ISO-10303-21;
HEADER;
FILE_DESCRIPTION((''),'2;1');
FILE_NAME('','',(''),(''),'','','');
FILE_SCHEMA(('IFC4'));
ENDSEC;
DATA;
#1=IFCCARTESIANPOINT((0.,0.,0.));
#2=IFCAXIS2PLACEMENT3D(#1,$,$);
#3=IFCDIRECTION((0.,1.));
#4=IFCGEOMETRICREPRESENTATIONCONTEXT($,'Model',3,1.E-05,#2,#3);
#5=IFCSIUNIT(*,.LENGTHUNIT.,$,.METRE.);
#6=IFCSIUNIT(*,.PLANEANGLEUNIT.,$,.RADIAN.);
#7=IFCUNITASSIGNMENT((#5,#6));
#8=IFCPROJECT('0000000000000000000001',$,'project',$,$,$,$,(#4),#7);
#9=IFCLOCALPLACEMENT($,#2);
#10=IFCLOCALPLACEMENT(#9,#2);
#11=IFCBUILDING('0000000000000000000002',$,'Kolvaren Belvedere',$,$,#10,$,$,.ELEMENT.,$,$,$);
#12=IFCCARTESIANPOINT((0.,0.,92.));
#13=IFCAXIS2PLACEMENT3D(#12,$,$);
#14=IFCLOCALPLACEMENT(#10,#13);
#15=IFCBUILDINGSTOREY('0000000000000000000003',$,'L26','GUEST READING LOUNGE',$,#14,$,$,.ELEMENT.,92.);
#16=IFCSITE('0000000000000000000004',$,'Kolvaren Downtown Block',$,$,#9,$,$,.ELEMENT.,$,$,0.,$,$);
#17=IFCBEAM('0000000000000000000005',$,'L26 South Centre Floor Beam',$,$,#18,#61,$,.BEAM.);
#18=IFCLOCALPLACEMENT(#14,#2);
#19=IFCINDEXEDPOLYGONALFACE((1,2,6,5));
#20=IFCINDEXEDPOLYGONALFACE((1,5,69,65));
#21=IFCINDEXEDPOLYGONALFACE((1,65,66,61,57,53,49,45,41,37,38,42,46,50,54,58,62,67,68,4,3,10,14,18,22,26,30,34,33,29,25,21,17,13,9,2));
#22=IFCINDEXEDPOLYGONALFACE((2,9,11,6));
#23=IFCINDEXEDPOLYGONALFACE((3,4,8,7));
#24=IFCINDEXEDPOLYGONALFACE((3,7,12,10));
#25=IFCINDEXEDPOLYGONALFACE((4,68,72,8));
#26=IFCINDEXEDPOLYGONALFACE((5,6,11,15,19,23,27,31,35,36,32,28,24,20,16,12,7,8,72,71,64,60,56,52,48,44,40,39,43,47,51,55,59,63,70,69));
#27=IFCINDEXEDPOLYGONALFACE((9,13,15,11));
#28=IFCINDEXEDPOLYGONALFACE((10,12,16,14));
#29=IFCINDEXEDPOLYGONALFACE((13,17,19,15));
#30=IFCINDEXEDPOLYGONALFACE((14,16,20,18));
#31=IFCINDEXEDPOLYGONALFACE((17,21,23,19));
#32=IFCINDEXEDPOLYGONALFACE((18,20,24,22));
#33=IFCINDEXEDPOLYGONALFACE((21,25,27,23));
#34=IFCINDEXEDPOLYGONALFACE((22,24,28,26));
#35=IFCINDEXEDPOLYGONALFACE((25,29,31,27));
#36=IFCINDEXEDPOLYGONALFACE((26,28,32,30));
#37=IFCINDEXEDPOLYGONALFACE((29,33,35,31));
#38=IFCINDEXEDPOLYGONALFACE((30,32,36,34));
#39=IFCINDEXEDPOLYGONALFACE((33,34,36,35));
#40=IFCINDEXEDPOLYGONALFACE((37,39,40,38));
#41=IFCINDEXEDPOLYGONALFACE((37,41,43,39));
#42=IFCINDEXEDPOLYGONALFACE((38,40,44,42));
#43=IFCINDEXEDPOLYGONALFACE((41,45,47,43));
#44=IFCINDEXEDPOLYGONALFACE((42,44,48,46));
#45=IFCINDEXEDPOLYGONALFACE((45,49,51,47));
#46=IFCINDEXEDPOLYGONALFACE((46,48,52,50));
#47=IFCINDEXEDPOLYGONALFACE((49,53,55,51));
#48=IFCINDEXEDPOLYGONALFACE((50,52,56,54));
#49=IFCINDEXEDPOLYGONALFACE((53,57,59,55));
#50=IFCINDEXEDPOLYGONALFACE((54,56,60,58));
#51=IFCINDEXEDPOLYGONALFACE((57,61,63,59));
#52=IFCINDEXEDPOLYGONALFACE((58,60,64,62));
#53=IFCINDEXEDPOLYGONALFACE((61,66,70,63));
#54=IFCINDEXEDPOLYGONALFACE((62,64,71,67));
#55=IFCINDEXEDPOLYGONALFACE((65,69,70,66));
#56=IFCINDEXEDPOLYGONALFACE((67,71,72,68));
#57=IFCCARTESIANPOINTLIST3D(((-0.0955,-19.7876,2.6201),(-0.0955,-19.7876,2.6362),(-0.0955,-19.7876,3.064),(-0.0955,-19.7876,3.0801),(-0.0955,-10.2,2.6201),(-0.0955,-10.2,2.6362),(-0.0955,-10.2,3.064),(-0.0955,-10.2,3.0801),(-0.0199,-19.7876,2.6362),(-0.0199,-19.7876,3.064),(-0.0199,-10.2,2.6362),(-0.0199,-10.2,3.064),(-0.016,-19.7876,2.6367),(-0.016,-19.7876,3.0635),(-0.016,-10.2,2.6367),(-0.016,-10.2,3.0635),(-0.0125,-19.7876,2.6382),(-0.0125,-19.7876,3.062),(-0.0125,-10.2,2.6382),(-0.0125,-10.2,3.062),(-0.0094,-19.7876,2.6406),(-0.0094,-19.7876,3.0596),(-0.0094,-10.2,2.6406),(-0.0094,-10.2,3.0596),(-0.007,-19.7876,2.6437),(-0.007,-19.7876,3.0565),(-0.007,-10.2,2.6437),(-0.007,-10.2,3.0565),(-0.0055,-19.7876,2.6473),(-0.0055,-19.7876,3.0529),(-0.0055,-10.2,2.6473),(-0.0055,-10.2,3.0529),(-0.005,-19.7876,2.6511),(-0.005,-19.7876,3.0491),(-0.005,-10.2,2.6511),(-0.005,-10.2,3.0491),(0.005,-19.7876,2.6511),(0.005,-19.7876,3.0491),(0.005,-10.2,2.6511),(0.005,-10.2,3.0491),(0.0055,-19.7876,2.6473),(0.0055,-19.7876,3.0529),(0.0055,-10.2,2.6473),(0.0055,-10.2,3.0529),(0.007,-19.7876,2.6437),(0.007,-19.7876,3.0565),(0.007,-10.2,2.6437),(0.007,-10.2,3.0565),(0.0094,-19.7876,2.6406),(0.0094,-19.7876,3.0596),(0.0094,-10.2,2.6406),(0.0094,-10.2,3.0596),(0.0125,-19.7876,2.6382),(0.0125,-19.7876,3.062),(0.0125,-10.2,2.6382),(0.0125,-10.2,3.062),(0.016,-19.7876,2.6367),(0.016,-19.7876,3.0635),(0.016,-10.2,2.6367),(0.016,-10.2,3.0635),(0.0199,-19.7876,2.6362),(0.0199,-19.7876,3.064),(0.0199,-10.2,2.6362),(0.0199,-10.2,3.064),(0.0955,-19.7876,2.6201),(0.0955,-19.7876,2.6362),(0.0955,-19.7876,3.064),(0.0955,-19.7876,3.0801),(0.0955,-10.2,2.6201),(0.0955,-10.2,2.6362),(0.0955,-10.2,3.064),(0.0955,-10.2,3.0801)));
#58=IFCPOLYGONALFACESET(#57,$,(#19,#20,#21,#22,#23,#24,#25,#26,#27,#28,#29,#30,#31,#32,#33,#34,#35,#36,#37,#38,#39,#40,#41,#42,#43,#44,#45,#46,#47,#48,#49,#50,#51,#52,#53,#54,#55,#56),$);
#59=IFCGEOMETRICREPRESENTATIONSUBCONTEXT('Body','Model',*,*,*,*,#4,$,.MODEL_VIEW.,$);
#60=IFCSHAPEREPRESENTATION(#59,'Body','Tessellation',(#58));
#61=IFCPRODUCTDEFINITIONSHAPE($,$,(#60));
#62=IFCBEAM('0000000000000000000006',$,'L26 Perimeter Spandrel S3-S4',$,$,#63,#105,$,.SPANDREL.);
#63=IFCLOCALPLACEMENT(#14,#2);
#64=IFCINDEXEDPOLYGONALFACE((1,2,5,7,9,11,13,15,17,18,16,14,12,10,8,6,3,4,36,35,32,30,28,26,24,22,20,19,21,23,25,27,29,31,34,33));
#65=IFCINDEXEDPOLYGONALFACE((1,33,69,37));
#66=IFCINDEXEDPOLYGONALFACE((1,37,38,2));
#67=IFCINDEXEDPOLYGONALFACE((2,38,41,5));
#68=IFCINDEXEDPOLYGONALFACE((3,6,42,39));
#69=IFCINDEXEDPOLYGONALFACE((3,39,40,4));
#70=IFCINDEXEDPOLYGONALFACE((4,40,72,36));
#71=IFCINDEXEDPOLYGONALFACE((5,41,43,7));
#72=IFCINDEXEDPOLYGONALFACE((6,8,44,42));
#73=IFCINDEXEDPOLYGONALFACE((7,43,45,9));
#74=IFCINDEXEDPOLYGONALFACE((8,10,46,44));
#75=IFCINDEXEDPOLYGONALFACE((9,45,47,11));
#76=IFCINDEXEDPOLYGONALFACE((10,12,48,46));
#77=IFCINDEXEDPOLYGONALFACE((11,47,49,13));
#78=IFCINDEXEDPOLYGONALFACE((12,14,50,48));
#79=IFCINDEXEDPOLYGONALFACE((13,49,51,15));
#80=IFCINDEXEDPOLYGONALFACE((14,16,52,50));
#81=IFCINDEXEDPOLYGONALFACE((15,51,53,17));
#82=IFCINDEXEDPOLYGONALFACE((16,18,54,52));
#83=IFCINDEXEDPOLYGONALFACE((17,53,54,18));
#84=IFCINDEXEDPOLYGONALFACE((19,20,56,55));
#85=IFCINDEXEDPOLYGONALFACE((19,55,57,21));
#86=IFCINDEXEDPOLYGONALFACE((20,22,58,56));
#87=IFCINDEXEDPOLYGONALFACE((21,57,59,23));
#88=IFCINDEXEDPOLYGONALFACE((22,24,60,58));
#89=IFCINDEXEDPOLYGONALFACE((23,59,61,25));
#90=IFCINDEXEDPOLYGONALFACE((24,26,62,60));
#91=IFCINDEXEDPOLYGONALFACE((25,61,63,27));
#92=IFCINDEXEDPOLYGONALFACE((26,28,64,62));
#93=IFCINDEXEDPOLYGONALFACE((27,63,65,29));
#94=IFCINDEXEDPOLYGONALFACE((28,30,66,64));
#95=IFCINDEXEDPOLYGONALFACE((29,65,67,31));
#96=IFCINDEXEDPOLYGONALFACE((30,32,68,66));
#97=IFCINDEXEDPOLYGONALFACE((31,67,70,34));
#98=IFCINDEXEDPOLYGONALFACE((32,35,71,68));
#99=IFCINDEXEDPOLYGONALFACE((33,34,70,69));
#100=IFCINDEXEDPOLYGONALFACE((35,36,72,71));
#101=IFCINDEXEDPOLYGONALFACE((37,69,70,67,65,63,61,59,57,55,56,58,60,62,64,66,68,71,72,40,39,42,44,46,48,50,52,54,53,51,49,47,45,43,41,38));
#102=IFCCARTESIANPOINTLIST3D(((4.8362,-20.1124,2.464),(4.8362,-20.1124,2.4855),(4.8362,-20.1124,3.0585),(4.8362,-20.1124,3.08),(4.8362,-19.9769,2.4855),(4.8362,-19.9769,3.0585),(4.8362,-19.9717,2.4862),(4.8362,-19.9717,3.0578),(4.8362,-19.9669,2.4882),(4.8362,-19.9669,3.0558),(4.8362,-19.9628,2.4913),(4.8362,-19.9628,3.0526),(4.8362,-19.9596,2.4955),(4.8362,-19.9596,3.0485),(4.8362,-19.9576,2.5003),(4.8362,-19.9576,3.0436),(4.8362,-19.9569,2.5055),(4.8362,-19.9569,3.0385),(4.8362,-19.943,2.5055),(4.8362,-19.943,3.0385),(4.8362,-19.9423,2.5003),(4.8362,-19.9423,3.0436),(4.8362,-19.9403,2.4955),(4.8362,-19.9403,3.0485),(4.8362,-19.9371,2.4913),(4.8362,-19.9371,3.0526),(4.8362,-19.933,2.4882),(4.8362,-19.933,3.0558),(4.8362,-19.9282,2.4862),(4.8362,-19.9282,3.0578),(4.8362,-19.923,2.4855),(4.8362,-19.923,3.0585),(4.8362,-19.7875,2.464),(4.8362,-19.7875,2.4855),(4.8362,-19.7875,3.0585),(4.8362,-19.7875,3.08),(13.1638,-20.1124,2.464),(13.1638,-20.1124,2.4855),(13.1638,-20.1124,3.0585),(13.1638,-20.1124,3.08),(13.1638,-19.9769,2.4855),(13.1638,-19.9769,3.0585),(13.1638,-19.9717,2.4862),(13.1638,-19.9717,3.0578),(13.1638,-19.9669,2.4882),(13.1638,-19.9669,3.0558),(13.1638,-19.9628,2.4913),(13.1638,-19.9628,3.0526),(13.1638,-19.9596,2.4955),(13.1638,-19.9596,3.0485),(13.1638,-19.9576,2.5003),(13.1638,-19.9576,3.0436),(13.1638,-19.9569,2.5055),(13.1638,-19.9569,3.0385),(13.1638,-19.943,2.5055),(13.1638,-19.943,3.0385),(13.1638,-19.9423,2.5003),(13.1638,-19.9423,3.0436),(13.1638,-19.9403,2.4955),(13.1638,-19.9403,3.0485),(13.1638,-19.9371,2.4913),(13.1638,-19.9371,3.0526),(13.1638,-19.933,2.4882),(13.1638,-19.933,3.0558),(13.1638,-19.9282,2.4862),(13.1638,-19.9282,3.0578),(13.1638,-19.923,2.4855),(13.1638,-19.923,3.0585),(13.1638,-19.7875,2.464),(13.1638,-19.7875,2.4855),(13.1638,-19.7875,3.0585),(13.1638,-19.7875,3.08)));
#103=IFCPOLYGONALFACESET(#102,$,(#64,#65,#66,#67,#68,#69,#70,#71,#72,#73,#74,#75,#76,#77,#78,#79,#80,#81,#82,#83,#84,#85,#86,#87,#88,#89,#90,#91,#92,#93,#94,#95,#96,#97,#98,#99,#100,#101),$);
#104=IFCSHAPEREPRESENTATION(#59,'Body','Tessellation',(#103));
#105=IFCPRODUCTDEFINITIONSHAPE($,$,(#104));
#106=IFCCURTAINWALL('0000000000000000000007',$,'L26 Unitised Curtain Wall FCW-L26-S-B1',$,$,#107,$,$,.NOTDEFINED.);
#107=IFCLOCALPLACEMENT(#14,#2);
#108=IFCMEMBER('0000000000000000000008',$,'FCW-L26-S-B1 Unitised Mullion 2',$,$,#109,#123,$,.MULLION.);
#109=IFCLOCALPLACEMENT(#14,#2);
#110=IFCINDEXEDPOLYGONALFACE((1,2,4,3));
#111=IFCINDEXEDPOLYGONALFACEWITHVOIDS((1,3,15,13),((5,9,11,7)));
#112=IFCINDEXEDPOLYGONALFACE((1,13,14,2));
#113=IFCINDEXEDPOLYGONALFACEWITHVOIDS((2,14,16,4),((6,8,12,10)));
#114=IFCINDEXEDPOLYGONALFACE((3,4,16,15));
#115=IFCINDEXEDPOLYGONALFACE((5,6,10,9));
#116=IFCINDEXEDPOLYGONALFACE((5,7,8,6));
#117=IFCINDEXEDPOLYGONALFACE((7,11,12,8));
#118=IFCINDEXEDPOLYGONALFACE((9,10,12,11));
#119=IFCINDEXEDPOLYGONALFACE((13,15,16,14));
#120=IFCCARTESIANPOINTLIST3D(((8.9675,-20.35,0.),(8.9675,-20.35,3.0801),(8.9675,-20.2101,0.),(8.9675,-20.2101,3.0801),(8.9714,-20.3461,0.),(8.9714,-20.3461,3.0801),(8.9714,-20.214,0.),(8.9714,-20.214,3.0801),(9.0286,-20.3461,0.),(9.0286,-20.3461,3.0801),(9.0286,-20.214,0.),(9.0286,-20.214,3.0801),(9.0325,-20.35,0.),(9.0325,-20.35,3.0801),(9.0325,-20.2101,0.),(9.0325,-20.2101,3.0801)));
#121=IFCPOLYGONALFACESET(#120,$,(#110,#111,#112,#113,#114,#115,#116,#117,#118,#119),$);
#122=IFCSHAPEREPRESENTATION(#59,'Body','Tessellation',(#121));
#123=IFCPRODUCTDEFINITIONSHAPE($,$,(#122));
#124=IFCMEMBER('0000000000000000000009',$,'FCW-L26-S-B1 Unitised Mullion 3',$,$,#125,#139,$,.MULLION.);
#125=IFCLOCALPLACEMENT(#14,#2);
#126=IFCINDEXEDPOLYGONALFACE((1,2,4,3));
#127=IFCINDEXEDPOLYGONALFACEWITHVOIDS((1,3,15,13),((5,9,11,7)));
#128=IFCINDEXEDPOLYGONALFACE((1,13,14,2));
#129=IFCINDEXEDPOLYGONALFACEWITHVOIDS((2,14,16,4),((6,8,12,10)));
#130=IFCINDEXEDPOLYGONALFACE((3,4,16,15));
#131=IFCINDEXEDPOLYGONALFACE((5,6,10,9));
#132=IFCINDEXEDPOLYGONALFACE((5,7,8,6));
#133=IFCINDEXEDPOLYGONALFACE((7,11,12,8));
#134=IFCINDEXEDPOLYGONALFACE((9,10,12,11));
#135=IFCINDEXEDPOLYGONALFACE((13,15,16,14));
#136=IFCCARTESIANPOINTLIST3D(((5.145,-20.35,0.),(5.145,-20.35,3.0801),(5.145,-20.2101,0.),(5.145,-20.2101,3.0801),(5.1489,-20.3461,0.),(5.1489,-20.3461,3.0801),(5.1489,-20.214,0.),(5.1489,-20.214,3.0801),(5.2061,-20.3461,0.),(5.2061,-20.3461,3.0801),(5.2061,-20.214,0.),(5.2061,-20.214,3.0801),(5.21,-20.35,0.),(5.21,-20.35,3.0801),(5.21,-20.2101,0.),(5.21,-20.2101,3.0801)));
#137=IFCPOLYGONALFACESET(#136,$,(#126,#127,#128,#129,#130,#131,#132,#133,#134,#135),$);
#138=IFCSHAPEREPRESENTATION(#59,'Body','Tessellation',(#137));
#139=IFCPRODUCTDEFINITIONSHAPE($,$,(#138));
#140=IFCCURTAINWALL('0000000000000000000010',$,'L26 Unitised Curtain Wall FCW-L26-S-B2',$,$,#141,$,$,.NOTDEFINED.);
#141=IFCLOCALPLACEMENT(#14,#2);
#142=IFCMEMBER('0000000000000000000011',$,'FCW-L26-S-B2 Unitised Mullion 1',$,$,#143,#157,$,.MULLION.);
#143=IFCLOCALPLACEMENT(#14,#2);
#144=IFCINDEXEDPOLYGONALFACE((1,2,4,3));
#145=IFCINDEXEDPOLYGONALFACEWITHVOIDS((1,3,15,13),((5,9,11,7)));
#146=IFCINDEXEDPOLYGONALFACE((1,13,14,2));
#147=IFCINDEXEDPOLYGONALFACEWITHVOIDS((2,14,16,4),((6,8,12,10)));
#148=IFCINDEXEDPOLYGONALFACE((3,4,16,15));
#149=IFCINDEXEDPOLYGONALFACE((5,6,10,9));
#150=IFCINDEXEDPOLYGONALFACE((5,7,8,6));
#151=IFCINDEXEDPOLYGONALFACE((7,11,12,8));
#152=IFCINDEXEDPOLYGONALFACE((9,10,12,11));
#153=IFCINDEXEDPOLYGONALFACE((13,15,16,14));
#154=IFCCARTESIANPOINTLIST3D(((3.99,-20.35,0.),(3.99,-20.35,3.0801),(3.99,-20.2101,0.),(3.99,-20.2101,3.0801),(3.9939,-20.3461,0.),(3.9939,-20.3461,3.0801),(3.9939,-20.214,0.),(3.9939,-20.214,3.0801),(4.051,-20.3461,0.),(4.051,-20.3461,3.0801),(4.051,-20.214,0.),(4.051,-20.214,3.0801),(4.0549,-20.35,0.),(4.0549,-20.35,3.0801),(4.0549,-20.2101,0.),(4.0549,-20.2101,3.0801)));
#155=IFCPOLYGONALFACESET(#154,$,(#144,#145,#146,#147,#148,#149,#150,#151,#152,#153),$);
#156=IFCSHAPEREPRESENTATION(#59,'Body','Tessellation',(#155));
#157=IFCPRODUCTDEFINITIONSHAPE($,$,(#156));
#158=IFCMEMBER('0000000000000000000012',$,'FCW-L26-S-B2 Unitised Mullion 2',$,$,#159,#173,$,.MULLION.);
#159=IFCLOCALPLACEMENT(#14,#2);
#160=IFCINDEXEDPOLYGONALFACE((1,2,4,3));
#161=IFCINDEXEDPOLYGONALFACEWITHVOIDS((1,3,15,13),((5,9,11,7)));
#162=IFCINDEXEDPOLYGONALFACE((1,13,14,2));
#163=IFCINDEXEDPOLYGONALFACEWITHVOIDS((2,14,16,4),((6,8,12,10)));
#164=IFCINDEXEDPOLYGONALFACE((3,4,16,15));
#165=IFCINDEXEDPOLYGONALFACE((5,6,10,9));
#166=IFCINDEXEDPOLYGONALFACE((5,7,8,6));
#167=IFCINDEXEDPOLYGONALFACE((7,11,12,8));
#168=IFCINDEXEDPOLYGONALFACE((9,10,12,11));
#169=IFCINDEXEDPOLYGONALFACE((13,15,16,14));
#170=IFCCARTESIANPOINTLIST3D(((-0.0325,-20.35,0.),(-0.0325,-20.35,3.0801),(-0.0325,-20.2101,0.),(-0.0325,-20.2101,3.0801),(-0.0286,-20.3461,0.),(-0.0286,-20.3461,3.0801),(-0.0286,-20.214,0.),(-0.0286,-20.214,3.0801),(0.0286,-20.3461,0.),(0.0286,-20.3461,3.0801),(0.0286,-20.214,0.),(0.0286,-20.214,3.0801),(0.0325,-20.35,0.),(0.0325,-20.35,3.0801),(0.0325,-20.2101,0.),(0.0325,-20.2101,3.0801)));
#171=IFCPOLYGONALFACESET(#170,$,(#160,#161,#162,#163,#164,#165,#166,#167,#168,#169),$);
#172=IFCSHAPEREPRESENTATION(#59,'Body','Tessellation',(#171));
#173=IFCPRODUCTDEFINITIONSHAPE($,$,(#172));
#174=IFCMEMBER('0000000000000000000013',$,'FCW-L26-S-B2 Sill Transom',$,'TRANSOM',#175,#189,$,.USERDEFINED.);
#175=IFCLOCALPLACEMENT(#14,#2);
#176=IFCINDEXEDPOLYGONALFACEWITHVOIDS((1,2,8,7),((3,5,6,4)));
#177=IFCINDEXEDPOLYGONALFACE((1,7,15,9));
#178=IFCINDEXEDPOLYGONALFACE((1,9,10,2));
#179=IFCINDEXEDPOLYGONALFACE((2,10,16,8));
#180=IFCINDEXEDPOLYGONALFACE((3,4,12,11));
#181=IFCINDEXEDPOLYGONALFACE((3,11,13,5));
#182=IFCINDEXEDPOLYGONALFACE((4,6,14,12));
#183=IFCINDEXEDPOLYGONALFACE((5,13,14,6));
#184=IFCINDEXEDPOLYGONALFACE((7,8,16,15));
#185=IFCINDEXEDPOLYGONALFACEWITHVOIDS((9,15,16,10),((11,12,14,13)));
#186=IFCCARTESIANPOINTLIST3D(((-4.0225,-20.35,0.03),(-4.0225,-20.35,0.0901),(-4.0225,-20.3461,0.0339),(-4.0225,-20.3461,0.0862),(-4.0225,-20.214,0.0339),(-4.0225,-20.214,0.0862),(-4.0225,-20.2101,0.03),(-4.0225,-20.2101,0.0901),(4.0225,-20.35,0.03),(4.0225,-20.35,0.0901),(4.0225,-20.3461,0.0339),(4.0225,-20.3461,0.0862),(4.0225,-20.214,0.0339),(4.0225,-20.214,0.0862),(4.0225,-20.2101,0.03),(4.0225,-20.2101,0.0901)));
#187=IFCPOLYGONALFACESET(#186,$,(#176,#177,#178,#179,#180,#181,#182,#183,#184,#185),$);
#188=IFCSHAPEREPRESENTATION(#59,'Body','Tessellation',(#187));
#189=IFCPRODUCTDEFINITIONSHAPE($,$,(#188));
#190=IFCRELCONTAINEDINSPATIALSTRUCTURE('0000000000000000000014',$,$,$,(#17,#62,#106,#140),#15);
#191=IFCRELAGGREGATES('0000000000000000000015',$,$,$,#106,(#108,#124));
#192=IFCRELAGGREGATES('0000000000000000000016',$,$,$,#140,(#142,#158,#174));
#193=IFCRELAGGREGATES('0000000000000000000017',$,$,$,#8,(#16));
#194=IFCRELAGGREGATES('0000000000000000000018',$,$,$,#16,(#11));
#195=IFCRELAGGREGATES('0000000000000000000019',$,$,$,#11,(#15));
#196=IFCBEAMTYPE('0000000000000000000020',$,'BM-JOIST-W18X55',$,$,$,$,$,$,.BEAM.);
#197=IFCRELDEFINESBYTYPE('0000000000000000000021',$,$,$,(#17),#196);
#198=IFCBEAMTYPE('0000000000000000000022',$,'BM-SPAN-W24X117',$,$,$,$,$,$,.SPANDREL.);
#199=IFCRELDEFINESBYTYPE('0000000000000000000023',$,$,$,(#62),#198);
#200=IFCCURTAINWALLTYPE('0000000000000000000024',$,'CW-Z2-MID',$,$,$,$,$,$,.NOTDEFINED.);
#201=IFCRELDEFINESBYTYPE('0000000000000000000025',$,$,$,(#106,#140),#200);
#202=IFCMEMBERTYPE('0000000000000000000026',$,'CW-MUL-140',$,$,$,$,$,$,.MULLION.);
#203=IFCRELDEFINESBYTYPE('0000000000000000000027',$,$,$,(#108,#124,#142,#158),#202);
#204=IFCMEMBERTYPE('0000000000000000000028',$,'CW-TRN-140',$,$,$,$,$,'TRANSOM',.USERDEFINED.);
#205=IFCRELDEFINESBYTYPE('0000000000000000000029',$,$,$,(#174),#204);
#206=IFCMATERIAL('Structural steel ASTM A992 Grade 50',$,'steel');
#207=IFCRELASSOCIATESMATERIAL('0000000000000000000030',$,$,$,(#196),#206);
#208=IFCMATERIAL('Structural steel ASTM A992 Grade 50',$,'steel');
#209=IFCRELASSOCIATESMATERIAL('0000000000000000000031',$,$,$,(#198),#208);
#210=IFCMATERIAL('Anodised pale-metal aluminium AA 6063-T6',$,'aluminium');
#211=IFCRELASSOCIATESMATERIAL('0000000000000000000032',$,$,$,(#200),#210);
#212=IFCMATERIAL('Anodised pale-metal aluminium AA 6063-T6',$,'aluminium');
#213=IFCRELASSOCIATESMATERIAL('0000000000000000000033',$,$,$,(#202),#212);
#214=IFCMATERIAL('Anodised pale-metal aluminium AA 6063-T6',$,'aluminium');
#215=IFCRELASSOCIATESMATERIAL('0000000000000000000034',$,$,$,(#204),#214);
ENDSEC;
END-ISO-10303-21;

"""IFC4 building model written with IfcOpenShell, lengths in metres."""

from ifc_helpers import new_model, si_unit, direction, frame, origin, origin_2d, place, context, subcontext, project, spatial, hollow_rectangle, i_section, extrude, material, material_profile, profile_set, type_object, element, aggregate, save


model = new_model("IFC4")

# Units and contexts
model_context = context("Model", 3, precision=1e-05, world=origin(), true_north=direction((0.0, 1.0)))
body_context = subcontext(model_context, "Body", "Model", "MODEL_VIEW")
ifc_project = project(units=[si_unit("LENGTHUNIT", "METRE"), si_unit("PLANEANGLEUNIT", "RADIAN")], contexts=[model_context])

# Site, building, storey
site_placement = place(None, origin())
site = spatial("IfcSite", under=ifc_project, at=site_placement, Name="Kolvaren Downtown Block", CompositionType="ELEMENT", RefElevation=0.0)
building_placement = place(site_placement, origin())
building = spatial("IfcBuilding", under=site, at=building_placement, Name="Kolvaren Belvedere", CompositionType="ELEMENT")
storey_placement = place(building_placement, frame((0.0, 0.0, 92.0)))
storey = spatial("IfcBuildingStorey", under=building, at=storey_placement, Name="L26", Description="GUEST READING LOUNGE", CompositionType="ELEMENT", Elevation=92.0)

# Beams
ifc_material_1 = material(Name="Structural steel ASTM A992 Grade 50", Category="steel")
ifc_material_profile_1 = material_profile(ifc_material_1, i_section(OverallWidth=0.1909, OverallDepth=0.46, WebThickness=0.01, FlangeThickness=0.0161, FilletRadius=0.0149, at=origin_2d()), Name="W18X55")
ifc_profile_set_1 = profile_set([ifc_material_profile_1], Name="Structural steel ASTM A992 Grade 50")
beam_type_1 = type_object("IfcBeamType", Name="BM-JOIST-W18X55", PredefinedType="BEAM", material=ifc_profile_set_1)
beam_1_placement = place(storey_placement, frame((0.0, -10.2, 2.8501), z_axis=(0.0, -1.0, 0.0), x_axis=(1.0, 0.0, 0.0)))
element("IfcBeam", 1, at=beam_1_placement, inside=storey, type_object=beam_type_1, Name="L26 South Centre Floor Beam", PredefinedType="BEAM", context=body_context, shape_type="SweptSolid", body=[
    extrude(i_section(OverallWidth=0.1909, OverallDepth=0.46, WebThickness=0.01, FlangeThickness=0.0161, FilletRadius=0.0149, at=origin_2d()), origin(), (0.0, 0.0, 1.0), 9.5876),
])
ifc_material_2 = material(Name="Structural steel ASTM A992 Grade 50", Category="steel")
ifc_material_profile_2 = material_profile(ifc_material_2, i_section(OverallWidth=0.325, OverallDepth=0.616, WebThickness=0.0139, FlangeThickness=0.0215, FilletRadius=0.02, at=origin_2d()), Name="W24X117")
ifc_profile_set_2 = profile_set([ifc_material_profile_2], Name="Structural steel ASTM A992 Grade 50")
beam_type_2 = type_object("IfcBeamType", Name="BM-SPAN-W24X117", PredefinedType="SPANDREL", material=ifc_profile_set_2)
beam_2_placement = place(storey_placement, frame((4.8362, -19.95, 2.772), z_axis=(1.0, 0.0, 0.0), x_axis=(0.0, 1.0, 0.0)))
element("IfcBeam", 2, at=beam_2_placement, inside=storey, type_object=beam_type_2, Name="L26 Perimeter Spandrel S3-S4", PredefinedType="SPANDREL", context=body_context, shape_type="SweptSolid", body=[
    extrude(i_section(OverallWidth=0.325, OverallDepth=0.616, WebThickness=0.0139, FlangeThickness=0.0215, FilletRadius=0.02, at=origin_2d()), origin(), (0.0, 0.0, 1.0), 8.3276),
])

# Curtain walls, members
ifc_material_3 = material(Name="Anodised pale-metal aluminium AA 6063-T6", Category="aluminium")
curtain_wall_type = type_object("IfcCurtainWallType", Name="CW-Z2-MID", PredefinedType="NOTDEFINED", material=ifc_material_3)
curtain_wall_1_placement = place(storey_placement, origin())
curtain_wall_1 = element("IfcCurtainWall", 3, at=curtain_wall_1_placement, inside=storey, type_object=curtain_wall_type, Name="L26 Unitised Curtain Wall FCW-L26-S-B1", PredefinedType="NOTDEFINED")
ifc_material_4 = material(Name="Anodised pale-metal aluminium AA 6063-T6", Category="aluminium")
ifc_material_profile_3 = material_profile(ifc_material_4, hollow_rectangle(XDim=0.0649, YDim=0.1399, WallThickness=0.0039, at=origin_2d()), Name="ALU-MUL-140X65")
ifc_profile_set_3 = profile_set([ifc_material_profile_3], Name="Anodised pale-metal aluminium AA 6063-T6")
member_type_1 = type_object("IfcMemberType", Name="CW-MUL-140", PredefinedType="MULLION", material=ifc_profile_set_3)
member_1_placement = place(storey_placement, frame((9.0, -20.28, 0.0), z_axis=(0.0, 0.0, 1.0), x_axis=(1.0, 0.0, 0.0)))
member_1 = element("IfcMember", 4, at=member_1_placement, type_object=member_type_1, Name="FCW-L26-S-B1 Unitised Mullion 2", PredefinedType="MULLION", context=body_context, shape_type="SweptSolid", body=[
    extrude(hollow_rectangle(XDim=0.0649, YDim=0.1399, WallThickness=0.0039, at=origin_2d()), origin(), (0.0, 0.0, 1.0), 3.0801),
])
member_2_placement = place(storey_placement, frame((5.1775, -20.28, 0.0), z_axis=(0.0, 0.0, 1.0), x_axis=(1.0, 0.0, 0.0)))
member_2 = element("IfcMember", 5, at=member_2_placement, type_object=member_type_1, Name="FCW-L26-S-B1 Unitised Mullion 3", PredefinedType="MULLION", context=body_context, shape_type="SweptSolid", body=[
    extrude(hollow_rectangle(XDim=0.0649, YDim=0.1399, WallThickness=0.0039, at=origin_2d()), origin(), (0.0, 0.0, 1.0), 3.0801),
])
curtain_wall_2_placement = place(storey_placement, origin())
curtain_wall_2 = element("IfcCurtainWall", 6, at=curtain_wall_2_placement, inside=storey, type_object=curtain_wall_type, Name="L26 Unitised Curtain Wall FCW-L26-S-B2", PredefinedType="NOTDEFINED")
member_3_placement = place(storey_placement, frame((4.0225, -20.28, 0.0), z_axis=(0.0, 0.0, 1.0), x_axis=(1.0, 0.0, 0.0)))
member_3 = element("IfcMember", 7, at=member_3_placement, type_object=member_type_1, Name="FCW-L26-S-B2 Unitised Mullion 1", PredefinedType="MULLION", context=body_context, shape_type="SweptSolid", body=[
    extrude(hollow_rectangle(XDim=0.0649, YDim=0.1399, WallThickness=0.0039, at=origin_2d()), origin(), (0.0, 0.0, 1.0), 3.0801),
])
member_4_placement = place(storey_placement, frame((0.0, -20.28, 0.0), z_axis=(0.0, 0.0, 1.0), x_axis=(1.0, 0.0, 0.0)))
member_4 = element("IfcMember", 8, at=member_4_placement, type_object=member_type_1, Name="FCW-L26-S-B2 Unitised Mullion 2", PredefinedType="MULLION", context=body_context, shape_type="SweptSolid", body=[
    extrude(hollow_rectangle(XDim=0.0649, YDim=0.1399, WallThickness=0.0039, at=origin_2d()), origin(), (0.0, 0.0, 1.0), 3.0801),
])
ifc_material_5 = material(Name="Anodised pale-metal aluminium AA 6063-T6", Category="aluminium")
ifc_material_profile_4 = material_profile(ifc_material_5, hollow_rectangle(XDim=0.0601, YDim=0.1399, WallThickness=0.0039, at=origin_2d()), Name="ALU-TRN-140X60")
ifc_profile_set_4 = profile_set([ifc_material_profile_4], Name="Anodised pale-metal aluminium AA 6063-T6")
member_type_2 = type_object("IfcMemberType", Name="CW-TRN-140", ElementType="TRANSOM", PredefinedType="USERDEFINED", material=ifc_profile_set_4)
member_5_placement = place(storey_placement, frame((4.0225, -20.28, 0.0601), z_axis=(-1.0, 0.0, 0.0), x_axis=(0.0, 0.0, 1.0)))
member_5 = element("IfcMember", 9, at=member_5_placement, type_object=member_type_2, Name="FCW-L26-S-B2 Sill Transom", ObjectType="TRANSOM", PredefinedType="USERDEFINED", context=body_context, shape_type="SweptSolid", body=[
    extrude(hollow_rectangle(XDim=0.0601, YDim=0.1399, WallThickness=0.0039, at=origin_2d()), origin(), (0.0, 0.0, 1.0), 8.0449),
])

aggregate(curtain_wall_1, [member_1, member_2])
aggregate(curtain_wall_2, [member_3, member_4, member_5])

save(model, "model.ifc")
